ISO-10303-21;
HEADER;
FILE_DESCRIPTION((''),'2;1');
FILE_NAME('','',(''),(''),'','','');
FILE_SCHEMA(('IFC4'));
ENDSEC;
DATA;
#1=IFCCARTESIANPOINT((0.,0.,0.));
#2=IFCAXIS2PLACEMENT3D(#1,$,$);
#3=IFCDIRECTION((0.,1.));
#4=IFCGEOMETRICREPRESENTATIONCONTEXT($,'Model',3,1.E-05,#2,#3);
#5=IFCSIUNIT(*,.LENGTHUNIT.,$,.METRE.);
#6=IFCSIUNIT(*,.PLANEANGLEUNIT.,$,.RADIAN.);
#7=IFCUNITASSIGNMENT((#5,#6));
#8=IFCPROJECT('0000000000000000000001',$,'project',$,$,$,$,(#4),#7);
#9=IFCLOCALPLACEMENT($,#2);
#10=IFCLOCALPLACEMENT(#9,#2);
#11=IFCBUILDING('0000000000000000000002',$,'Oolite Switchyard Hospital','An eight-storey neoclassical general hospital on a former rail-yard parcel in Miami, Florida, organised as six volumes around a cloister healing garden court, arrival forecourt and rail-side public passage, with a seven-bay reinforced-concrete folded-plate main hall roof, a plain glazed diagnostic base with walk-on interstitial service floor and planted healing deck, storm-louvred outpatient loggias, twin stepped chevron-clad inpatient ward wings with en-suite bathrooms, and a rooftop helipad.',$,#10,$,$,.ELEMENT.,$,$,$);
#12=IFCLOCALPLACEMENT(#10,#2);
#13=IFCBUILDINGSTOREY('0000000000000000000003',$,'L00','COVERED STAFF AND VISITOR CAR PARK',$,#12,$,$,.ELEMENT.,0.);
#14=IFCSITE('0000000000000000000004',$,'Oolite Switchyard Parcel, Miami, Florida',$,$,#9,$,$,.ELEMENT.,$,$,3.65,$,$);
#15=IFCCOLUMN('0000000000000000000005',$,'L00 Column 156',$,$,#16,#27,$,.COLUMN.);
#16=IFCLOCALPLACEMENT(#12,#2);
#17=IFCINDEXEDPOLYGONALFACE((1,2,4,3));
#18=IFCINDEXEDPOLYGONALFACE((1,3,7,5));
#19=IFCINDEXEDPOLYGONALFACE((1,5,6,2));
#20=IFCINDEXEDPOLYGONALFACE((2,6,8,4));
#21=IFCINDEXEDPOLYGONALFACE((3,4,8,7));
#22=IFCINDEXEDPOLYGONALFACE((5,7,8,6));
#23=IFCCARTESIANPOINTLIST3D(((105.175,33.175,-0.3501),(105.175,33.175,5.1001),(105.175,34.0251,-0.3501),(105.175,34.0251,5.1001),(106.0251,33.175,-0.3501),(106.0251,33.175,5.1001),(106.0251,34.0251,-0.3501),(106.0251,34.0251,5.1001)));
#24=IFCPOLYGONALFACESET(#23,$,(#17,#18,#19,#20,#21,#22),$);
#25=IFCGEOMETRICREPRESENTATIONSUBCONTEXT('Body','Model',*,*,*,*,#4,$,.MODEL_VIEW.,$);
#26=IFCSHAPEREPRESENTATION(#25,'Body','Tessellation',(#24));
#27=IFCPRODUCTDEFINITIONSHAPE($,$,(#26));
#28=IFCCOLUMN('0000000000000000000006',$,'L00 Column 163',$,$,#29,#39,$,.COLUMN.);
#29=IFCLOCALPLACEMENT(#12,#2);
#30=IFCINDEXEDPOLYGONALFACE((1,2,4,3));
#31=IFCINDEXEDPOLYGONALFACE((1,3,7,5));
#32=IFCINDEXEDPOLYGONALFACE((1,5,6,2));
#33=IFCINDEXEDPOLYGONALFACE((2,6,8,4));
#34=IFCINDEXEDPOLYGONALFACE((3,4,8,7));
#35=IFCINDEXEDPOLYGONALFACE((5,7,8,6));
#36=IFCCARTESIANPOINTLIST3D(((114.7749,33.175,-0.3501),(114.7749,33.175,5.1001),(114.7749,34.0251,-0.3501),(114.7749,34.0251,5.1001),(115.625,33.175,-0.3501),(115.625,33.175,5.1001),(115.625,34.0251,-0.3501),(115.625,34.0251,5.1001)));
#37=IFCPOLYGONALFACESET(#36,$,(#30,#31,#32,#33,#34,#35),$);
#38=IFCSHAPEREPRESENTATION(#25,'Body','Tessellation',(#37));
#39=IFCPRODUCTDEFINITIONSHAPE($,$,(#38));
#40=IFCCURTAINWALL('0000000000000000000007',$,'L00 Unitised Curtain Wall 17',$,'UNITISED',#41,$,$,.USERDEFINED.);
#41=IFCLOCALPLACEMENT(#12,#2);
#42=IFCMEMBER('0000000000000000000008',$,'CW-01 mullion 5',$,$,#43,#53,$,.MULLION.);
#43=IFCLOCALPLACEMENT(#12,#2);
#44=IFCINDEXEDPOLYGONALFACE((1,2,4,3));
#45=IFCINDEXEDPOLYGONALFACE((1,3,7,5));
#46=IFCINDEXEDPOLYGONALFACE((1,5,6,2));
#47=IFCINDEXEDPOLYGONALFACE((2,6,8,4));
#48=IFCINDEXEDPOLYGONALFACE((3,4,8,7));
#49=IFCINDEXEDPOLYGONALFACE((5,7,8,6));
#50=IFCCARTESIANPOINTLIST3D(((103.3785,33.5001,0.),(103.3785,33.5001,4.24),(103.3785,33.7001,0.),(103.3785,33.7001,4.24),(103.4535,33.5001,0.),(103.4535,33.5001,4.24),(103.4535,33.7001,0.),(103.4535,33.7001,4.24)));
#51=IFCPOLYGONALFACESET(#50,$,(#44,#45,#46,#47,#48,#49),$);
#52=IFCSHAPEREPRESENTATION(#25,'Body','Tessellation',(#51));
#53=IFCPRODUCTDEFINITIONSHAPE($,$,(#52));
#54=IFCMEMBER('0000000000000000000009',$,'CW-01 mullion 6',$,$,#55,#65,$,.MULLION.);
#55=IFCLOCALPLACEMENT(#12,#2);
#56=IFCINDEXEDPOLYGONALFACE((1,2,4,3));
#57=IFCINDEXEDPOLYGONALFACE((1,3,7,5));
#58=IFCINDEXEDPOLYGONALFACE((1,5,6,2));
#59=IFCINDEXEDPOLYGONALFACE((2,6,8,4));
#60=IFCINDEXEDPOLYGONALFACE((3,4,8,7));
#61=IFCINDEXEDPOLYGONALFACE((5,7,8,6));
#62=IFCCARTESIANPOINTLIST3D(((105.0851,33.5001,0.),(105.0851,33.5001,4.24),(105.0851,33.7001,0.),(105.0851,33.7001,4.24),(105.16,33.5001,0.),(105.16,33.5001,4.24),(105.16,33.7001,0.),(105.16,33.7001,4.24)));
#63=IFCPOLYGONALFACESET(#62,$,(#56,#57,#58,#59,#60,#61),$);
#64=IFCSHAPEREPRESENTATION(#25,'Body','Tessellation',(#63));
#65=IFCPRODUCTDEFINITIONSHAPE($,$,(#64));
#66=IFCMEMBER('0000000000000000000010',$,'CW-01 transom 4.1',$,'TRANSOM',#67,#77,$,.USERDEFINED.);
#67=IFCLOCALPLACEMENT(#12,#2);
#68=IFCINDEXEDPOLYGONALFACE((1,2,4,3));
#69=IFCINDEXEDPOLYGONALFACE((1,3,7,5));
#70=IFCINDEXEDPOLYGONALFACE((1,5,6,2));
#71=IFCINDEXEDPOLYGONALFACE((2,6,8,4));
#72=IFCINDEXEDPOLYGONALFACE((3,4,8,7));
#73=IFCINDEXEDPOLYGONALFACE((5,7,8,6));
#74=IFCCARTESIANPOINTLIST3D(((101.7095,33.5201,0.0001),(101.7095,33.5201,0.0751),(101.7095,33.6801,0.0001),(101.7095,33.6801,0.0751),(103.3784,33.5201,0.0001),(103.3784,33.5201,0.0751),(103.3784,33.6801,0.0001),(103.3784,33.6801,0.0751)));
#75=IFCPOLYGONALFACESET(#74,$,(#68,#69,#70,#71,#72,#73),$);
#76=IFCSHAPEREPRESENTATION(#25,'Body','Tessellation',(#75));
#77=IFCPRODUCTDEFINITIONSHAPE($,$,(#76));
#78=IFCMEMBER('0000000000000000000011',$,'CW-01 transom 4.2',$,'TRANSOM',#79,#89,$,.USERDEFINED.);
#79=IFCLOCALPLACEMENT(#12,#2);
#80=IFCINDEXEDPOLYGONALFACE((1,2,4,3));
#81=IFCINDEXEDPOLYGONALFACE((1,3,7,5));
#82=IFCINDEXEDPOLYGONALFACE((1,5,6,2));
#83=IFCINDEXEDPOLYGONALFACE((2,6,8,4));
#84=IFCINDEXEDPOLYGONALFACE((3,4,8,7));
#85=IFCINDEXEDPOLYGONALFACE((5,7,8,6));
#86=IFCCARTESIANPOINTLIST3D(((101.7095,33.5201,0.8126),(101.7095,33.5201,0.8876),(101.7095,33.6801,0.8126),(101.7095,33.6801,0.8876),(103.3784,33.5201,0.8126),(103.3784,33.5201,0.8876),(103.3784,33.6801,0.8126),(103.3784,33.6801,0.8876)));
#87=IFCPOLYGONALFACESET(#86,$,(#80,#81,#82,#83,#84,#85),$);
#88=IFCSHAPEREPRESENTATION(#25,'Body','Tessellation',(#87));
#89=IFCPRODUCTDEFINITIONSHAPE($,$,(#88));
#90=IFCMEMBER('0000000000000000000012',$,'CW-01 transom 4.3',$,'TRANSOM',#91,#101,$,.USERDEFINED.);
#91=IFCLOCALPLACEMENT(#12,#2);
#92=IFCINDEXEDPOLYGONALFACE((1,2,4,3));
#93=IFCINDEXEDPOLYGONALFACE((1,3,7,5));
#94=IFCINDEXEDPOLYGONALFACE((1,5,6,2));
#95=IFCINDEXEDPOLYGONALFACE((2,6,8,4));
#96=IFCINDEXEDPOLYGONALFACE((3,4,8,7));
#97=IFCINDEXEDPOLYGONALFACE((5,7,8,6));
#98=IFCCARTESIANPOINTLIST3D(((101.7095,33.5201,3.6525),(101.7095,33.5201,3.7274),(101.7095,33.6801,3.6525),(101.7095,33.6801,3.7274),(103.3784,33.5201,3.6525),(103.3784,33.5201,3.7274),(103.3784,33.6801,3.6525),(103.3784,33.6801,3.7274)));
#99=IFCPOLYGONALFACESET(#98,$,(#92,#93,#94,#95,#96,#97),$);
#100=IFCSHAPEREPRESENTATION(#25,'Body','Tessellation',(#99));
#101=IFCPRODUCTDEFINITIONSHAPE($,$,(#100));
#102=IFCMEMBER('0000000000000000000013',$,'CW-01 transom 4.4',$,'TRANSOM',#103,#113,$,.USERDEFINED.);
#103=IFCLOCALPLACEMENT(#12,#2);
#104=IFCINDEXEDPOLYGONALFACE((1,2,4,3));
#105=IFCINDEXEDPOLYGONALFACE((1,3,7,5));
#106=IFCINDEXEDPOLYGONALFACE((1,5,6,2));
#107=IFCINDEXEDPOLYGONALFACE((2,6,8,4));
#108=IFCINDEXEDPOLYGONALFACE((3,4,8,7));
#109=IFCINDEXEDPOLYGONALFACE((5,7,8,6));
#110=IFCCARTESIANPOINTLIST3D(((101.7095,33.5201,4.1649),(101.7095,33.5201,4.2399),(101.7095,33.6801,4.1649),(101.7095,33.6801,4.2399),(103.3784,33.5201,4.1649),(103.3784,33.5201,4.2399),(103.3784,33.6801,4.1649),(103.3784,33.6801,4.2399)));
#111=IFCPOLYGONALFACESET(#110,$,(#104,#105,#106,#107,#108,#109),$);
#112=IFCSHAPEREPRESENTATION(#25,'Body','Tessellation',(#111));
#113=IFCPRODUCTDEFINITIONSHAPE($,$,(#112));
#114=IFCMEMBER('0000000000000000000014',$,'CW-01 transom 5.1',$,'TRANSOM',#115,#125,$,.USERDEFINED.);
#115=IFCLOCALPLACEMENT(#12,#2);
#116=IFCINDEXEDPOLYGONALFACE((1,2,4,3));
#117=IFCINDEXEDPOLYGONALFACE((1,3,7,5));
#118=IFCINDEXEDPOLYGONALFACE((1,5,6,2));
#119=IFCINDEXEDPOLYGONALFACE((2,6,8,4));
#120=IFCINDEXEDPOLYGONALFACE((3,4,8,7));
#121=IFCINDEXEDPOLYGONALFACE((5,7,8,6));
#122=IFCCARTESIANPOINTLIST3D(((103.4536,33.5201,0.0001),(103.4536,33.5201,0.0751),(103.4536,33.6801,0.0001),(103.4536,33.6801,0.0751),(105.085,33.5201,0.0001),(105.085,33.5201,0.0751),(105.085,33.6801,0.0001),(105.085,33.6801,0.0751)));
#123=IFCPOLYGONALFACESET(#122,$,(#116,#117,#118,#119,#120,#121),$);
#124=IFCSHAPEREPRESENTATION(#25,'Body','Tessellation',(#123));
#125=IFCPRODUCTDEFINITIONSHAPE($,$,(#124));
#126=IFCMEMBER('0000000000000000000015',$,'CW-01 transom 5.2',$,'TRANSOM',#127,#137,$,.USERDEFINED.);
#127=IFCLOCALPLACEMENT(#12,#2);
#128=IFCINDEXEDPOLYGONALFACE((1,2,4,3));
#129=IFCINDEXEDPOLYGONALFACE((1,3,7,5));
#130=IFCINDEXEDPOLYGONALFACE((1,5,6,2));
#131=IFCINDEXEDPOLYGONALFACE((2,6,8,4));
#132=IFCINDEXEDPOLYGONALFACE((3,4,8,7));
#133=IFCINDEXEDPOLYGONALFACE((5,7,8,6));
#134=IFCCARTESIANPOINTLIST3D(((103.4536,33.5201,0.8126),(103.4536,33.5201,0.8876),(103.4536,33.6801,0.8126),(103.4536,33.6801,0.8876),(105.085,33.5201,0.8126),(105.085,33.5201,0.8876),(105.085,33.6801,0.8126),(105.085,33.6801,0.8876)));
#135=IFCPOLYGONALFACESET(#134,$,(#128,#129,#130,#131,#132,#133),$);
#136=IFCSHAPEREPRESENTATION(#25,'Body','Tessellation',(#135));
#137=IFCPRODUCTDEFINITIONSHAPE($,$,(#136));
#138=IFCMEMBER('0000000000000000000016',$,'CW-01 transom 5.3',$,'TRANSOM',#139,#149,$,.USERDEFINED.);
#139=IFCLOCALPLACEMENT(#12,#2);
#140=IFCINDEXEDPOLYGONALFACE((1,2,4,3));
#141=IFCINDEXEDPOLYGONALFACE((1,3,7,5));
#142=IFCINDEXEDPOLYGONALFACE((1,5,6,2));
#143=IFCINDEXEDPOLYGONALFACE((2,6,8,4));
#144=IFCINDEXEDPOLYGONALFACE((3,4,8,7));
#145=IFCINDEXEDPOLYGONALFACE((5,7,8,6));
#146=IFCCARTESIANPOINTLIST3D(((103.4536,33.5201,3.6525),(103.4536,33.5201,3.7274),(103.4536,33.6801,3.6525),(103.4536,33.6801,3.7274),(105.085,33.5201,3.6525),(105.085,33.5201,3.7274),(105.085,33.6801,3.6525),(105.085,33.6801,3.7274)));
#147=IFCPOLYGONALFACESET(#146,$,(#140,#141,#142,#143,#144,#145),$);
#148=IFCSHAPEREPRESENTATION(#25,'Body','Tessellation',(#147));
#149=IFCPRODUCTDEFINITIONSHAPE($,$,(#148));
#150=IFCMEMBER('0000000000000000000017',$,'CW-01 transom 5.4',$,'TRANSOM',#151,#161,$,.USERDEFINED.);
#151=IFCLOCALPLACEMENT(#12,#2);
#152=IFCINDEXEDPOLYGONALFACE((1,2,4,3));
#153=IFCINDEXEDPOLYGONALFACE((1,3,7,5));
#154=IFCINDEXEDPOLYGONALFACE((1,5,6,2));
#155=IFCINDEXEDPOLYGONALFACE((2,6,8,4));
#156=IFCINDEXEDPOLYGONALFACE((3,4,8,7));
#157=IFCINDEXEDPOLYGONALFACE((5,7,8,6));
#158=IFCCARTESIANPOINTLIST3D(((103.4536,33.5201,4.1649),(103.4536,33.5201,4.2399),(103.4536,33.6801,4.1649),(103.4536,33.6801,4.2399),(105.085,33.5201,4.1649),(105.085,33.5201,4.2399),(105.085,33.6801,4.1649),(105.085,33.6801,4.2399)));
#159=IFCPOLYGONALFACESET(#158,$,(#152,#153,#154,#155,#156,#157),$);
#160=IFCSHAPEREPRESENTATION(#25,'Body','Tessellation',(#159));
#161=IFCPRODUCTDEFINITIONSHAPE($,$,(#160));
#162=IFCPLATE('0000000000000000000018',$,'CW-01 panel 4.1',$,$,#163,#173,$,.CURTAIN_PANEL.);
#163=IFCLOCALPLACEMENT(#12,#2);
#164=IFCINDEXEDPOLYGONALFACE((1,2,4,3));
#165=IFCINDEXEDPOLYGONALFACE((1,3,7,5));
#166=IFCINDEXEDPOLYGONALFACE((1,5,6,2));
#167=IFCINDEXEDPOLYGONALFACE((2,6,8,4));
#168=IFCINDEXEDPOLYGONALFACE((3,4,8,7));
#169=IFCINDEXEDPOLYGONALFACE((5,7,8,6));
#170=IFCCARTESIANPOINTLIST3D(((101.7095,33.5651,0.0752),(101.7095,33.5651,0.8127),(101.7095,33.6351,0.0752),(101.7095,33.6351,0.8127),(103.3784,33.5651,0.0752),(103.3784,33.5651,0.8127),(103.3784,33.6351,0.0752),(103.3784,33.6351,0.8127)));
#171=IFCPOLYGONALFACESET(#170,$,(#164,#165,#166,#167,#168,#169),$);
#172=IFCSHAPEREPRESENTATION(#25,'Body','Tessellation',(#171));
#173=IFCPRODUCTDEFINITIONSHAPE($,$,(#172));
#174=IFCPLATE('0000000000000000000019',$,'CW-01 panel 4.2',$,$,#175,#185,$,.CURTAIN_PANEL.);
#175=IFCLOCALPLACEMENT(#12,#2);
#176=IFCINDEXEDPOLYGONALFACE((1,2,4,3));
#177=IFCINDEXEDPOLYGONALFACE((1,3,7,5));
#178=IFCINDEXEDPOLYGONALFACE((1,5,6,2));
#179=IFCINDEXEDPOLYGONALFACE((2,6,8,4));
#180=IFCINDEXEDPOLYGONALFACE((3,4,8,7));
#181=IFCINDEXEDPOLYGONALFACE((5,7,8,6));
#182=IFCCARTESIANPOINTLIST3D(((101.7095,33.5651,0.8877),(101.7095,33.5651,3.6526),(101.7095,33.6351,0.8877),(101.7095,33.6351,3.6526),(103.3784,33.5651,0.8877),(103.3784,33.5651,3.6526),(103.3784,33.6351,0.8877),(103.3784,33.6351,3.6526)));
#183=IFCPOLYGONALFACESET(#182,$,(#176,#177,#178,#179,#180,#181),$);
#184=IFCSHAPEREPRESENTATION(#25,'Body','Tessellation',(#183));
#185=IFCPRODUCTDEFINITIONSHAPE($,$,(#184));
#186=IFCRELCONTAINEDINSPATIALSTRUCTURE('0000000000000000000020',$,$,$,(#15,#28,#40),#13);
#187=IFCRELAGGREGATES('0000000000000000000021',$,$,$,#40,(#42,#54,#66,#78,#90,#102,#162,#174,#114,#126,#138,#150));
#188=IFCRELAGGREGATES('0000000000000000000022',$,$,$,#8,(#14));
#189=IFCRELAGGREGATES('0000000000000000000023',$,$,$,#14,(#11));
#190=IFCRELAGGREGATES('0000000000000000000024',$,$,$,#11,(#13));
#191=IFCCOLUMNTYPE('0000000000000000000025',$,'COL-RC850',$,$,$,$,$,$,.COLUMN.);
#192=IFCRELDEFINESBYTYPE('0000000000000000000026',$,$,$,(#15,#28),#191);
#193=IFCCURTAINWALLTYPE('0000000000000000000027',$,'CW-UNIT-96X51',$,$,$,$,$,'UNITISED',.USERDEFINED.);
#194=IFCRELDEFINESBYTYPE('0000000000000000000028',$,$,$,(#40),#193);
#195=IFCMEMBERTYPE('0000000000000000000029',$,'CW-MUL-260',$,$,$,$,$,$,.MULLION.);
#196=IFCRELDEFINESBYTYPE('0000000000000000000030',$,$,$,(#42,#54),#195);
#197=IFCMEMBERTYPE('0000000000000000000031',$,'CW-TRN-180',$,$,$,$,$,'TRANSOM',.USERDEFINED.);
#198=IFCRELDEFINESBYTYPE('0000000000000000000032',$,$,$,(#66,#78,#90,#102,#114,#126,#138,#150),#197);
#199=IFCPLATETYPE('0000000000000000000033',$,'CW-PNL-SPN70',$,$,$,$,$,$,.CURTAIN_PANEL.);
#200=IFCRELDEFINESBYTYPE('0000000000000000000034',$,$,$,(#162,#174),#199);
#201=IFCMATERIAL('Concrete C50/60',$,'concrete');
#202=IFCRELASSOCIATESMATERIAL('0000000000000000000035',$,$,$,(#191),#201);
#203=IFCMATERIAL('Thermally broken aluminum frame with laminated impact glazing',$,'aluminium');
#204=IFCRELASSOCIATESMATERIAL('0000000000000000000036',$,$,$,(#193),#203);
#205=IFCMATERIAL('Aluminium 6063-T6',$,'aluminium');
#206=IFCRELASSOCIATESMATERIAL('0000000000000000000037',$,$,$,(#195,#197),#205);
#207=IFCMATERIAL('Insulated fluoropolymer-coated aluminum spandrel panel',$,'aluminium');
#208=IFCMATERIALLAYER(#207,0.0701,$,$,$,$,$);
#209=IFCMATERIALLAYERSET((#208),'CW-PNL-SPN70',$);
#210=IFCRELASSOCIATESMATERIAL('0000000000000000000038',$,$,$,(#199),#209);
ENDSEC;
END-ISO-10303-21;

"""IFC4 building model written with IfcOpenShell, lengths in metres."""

from ifc_helpers import new_model, si_unit, direction, frame, origin, origin_2d, place, context, subcontext, project, spatial, rectangle, extrude, material, layer, layer_set, material_profile, profile_set, type_object, element, aggregate, save


model = new_model("IFC4")

# Units and contexts
model_context = context("Model", 3, precision=1e-05, world=origin(), true_north=direction((0.0, 1.0)))
body_context = subcontext(model_context, "Body", "Model", "MODEL_VIEW")
ifc_project = project(units=[si_unit("LENGTHUNIT", "METRE"), si_unit("PLANEANGLEUNIT", "RADIAN")], contexts=[model_context])

# Site, building, storey
site_placement = place(None, origin())
site = spatial("IfcSite", under=ifc_project, at=site_placement, Name="Oolite Switchyard Parcel, Miami, Florida", CompositionType="ELEMENT", RefElevation=3.65)
building_placement = place(site_placement, origin())
building = spatial("IfcBuilding", under=site, at=building_placement, Name="Oolite Switchyard Hospital", Description="An eight-storey neoclassical general hospital on a former rail-yard parcel in Miami, Florida, organised as six volumes around a cloister healing garden court, arrival forecourt and rail-side public passage, with a seven-bay reinforced-concrete folded-plate main hall roof, a plain glazed diagnostic base with walk-on interstitial service floor and planted healing deck, storm-louvred outpatient loggias, twin stepped chevron-clad inpatient ward wings with en-suite bathrooms, and a rooftop helipad.", CompositionType="ELEMENT")
storey_placement = place(building_placement, origin())
storey = spatial("IfcBuildingStorey", under=building, at=storey_placement, Name="L00", Description="COVERED STAFF AND VISITOR CAR PARK", CompositionType="ELEMENT", Elevation=0.0)

# Columns
ifc_material_1 = material(Name="Concrete C50/60", Category="concrete")
ifc_material_profile_1 = material_profile(ifc_material_1, rectangle(XDim=0.8501, YDim=0.8501, at=origin_2d()), Name="RC850X850")
ifc_profile_set_1 = profile_set([ifc_material_profile_1], Name="Concrete C50/60")
column_type = type_object("IfcColumnType", Name="COL-RC850", PredefinedType="COLUMN", material=ifc_profile_set_1)
for number, where, z_axis, x_axis, name in (
    (1, (105.6001, 33.6001, -0.3501), (0.0, 0.0, 1.0), (1.0, 0.0, 0.0), "L00 Column 156"),
    (2, (115.2, 33.6001, -0.3501), (0.0, 0.0, 1.0), (1.0, 0.0, 0.0), "L00 Column 163"),
):
    element("IfcColumn", number, at=place(storey_placement, frame(where, z_axis=z_axis, x_axis=x_axis)), inside=storey, type_object=column_type, Name=name, PredefinedType="COLUMN", context=body_context, shape_type="SweptSolid", body=[
        extrude(rectangle(XDim=0.8501, YDim=0.8501, at=origin_2d()), origin(), (0.0, 0.0, 1.0), 5.4502),
    ])

# Curtain wall, members, plates
ifc_material_2 = material(Name="Thermally broken aluminum frame with laminated impact glazing", Category="aluminium")
curtain_wall_type = type_object("IfcCurtainWallType", Name="CW-UNIT-96X51", ElementType="UNITISED", PredefinedType="USERDEFINED", material=ifc_material_2)
curtain_wall_placement = place(storey_placement, origin())
curtain_wall = element("IfcCurtainWall", 3, at=curtain_wall_placement, inside=storey, type_object=curtain_wall_type, Name="L00 Unitised Curtain Wall 17", ObjectType="UNITISED", PredefinedType="USERDEFINED")
ifc_material_3 = material(Name="Aluminium 6063-T6", Category="aluminium")
ifc_material_profile_2 = material_profile(ifc_material_3, rectangle(XDim=0.2, YDim=0.075, at=origin_2d()), Name="CWM75X200")
ifc_profile_set_2 = profile_set([ifc_material_profile_2], Name="Aluminium 6063-T6")
member_type_1 = type_object("IfcMemberType", Name="CW-MUL-260", PredefinedType="MULLION", material=ifc_profile_set_2)
member_1_placement = place(storey_placement, frame((103.416, 33.6001, 0.0), z_axis=(0.0, 0.0, 1.0), x_axis=(0.0, 1.0, 0.0)))
member_1 = element("IfcMember", 4, at=member_1_placement, type_object=member_type_1, Name="CW-01 mullion 5", PredefinedType="MULLION", context=body_context, shape_type="SweptSolid", body=[
    extrude(rectangle(XDim=0.2, YDim=0.075, at=origin_2d()), origin(), (0.0, 0.0, 1.0), 4.24),
])
member_2_placement = place(storey_placement, frame((105.1226, 33.6001, 0.0), z_axis=(0.0, 0.0, 1.0), x_axis=(0.0, 1.0, 0.0)))
member_2 = element("IfcMember", 5, at=member_2_placement, type_object=member_type_1, Name="CW-01 mullion 6", PredefinedType="MULLION", context=body_context, shape_type="SweptSolid", body=[
    extrude(rectangle(XDim=0.2, YDim=0.075, at=origin_2d()), origin(), (0.0, 0.0, 1.0), 4.24),
])
ifc_material_profile_3 = material_profile(ifc_material_3, rectangle(XDim=0.1599, YDim=0.075, at=origin_2d()), Name="CWT75X160")
ifc_profile_set_3 = profile_set([ifc_material_profile_3], Name="Aluminium 6063-T6")
member_type_2 = type_object("IfcMemberType", Name="CW-TRN-180", ElementType="TRANSOM", PredefinedType="USERDEFINED", material=ifc_profile_set_3)
member_3_placement = place(storey_placement, frame((101.7095, 33.6001, 0.0376), z_axis=(1.0, 0.0, 0.0), x_axis=(0.0, 1.0, 0.0)))
member_3 = element("IfcMember", 6, at=member_3_placement, type_object=member_type_2, Name="CW-01 transom 4.1", ObjectType="TRANSOM", PredefinedType="USERDEFINED", context=body_context, shape_type="SweptSolid", body=[
    extrude(rectangle(XDim=0.1599, YDim=0.075, at=origin_2d()), origin(), (0.0, 0.0, 1.0), 1.6689),
])
member_4_placement = place(storey_placement, frame((101.7095, 33.6001, 0.8501), z_axis=(1.0, 0.0, 0.0), x_axis=(0.0, 1.0, 0.0)))
member_4 = element("IfcMember", 7, at=member_4_placement, type_object=member_type_2, Name="CW-01 transom 4.2", ObjectType="TRANSOM", PredefinedType="USERDEFINED", context=body_context, shape_type="SweptSolid", body=[
    extrude(rectangle(XDim=0.1599, YDim=0.075, at=origin_2d()), origin(), (0.0, 0.0, 1.0), 1.6689),
])
member_5_placement = place(storey_placement, frame((101.7095, 33.6001, 3.6899), z_axis=(1.0, 0.0, 0.0), x_axis=(0.0, 1.0, 0.0)))
member_5 = element("IfcMember", 8, at=member_5_placement, type_object=member_type_2, Name="CW-01 transom 4.3", ObjectType="TRANSOM", PredefinedType="USERDEFINED", context=body_context, shape_type="SweptSolid", body=[
    extrude(rectangle(XDim=0.1599, YDim=0.075, at=origin_2d()), origin(), (0.0, 0.0, 1.0), 1.6689),
])
member_6_placement = place(storey_placement, frame((101.7095, 33.6001, 4.2024), z_axis=(1.0, 0.0, 0.0), x_axis=(0.0, 1.0, 0.0)))
member_6 = element("IfcMember", 9, at=member_6_placement, type_object=member_type_2, Name="CW-01 transom 4.4", ObjectType="TRANSOM", PredefinedType="USERDEFINED", context=body_context, shape_type="SweptSolid", body=[
    extrude(rectangle(XDim=0.1599, YDim=0.075, at=origin_2d()), origin(), (0.0, 0.0, 1.0), 1.6689),
])
member_7_placement = place(storey_placement, frame((103.4536, 33.6001, 0.0376), z_axis=(1.0, 0.0, 0.0), x_axis=(0.0, 1.0, 0.0)))
member_7 = element("IfcMember", 10, at=member_7_placement, type_object=member_type_2, Name="CW-01 transom 5.1", ObjectType="TRANSOM", PredefinedType="USERDEFINED", context=body_context, shape_type="SweptSolid", body=[
    extrude(rectangle(XDim=0.1599, YDim=0.075, at=origin_2d()), origin(), (0.0, 0.0, 1.0), 1.6313),
])
member_8_placement = place(storey_placement, frame((103.4536, 33.6001, 0.8501), z_axis=(1.0, 0.0, 0.0), x_axis=(0.0, 1.0, 0.0)))
member_8 = element("IfcMember", 11, at=member_8_placement, type_object=member_type_2, Name="CW-01 transom 5.2", ObjectType="TRANSOM", PredefinedType="USERDEFINED", context=body_context, shape_type="SweptSolid", body=[
    extrude(rectangle(XDim=0.1599, YDim=0.075, at=origin_2d()), origin(), (0.0, 0.0, 1.0), 1.6313),
])
member_9_placement = place(storey_placement, frame((103.4536, 33.6001, 3.6899), z_axis=(1.0, 0.0, 0.0), x_axis=(0.0, 1.0, 0.0)))
member_9 = element("IfcMember", 12, at=member_9_placement, type_object=member_type_2, Name="CW-01 transom 5.3", ObjectType="TRANSOM", PredefinedType="USERDEFINED", context=body_context, shape_type="SweptSolid", body=[
    extrude(rectangle(XDim=0.1599, YDim=0.075, at=origin_2d()), origin(), (0.0, 0.0, 1.0), 1.6313),
])
member_10_placement = place(storey_placement, frame((103.4536, 33.6001, 4.2024), z_axis=(1.0, 0.0, 0.0), x_axis=(0.0, 1.0, 0.0)))
member_10 = element("IfcMember", 13, at=member_10_placement, type_object=member_type_2, Name="CW-01 transom 5.4", ObjectType="TRANSOM", PredefinedType="USERDEFINED", context=body_context, shape_type="SweptSolid", body=[
    extrude(rectangle(XDim=0.1599, YDim=0.075, at=origin_2d()), origin(), (0.0, 0.0, 1.0), 1.6313),
])
ifc_material_4 = material(Name="Insulated fluoropolymer-coated aluminum spandrel panel", Category="aluminium")
ifc_layer_1 = layer(ifc_material_4, 0.0701)
ifc_layer_set_1 = layer_set([ifc_layer_1], Name="CW-PNL-SPN70")
plate_type = type_object("IfcPlateType", Name="CW-PNL-SPN70", PredefinedType="CURTAIN_PANEL", material=ifc_layer_set_1)
plate_1_placement = place(storey_placement, frame((102.5439, 33.6001, 0.0752), z_axis=(0.0, 0.0, 1.0), x_axis=(1.0, 0.0, 0.0)))
plate_1 = element("IfcPlate", 14, at=plate_1_placement, type_object=plate_type, Name="CW-01 panel 4.1", PredefinedType="CURTAIN_PANEL", context=body_context, shape_type="SweptSolid", body=[
    extrude(rectangle(XDim=1.6689, YDim=0.0701, at=origin_2d()), origin(), (0.0, 0.0, 1.0), 0.7375),
])
plate_2_placement = place(storey_placement, frame((102.5439, 33.6001, 0.8877), z_axis=(0.0, 0.0, 1.0), x_axis=(1.0, 0.0, 0.0)))
plate_2 = element("IfcPlate", 15, at=plate_2_placement, type_object=plate_type, Name="CW-01 panel 4.2", PredefinedType="CURTAIN_PANEL", context=body_context, shape_type="SweptSolid", body=[
    extrude(rectangle(XDim=1.6689, YDim=0.0701, at=origin_2d()), origin(), (0.0, 0.0, 1.0), 2.7649),
])
aggregate(curtain_wall, [member_1, member_2, member_3, member_4, member_5, member_6, plate_1, plate_2, member_7, member_8, member_9, member_10])

save(model, "model.ifc")
